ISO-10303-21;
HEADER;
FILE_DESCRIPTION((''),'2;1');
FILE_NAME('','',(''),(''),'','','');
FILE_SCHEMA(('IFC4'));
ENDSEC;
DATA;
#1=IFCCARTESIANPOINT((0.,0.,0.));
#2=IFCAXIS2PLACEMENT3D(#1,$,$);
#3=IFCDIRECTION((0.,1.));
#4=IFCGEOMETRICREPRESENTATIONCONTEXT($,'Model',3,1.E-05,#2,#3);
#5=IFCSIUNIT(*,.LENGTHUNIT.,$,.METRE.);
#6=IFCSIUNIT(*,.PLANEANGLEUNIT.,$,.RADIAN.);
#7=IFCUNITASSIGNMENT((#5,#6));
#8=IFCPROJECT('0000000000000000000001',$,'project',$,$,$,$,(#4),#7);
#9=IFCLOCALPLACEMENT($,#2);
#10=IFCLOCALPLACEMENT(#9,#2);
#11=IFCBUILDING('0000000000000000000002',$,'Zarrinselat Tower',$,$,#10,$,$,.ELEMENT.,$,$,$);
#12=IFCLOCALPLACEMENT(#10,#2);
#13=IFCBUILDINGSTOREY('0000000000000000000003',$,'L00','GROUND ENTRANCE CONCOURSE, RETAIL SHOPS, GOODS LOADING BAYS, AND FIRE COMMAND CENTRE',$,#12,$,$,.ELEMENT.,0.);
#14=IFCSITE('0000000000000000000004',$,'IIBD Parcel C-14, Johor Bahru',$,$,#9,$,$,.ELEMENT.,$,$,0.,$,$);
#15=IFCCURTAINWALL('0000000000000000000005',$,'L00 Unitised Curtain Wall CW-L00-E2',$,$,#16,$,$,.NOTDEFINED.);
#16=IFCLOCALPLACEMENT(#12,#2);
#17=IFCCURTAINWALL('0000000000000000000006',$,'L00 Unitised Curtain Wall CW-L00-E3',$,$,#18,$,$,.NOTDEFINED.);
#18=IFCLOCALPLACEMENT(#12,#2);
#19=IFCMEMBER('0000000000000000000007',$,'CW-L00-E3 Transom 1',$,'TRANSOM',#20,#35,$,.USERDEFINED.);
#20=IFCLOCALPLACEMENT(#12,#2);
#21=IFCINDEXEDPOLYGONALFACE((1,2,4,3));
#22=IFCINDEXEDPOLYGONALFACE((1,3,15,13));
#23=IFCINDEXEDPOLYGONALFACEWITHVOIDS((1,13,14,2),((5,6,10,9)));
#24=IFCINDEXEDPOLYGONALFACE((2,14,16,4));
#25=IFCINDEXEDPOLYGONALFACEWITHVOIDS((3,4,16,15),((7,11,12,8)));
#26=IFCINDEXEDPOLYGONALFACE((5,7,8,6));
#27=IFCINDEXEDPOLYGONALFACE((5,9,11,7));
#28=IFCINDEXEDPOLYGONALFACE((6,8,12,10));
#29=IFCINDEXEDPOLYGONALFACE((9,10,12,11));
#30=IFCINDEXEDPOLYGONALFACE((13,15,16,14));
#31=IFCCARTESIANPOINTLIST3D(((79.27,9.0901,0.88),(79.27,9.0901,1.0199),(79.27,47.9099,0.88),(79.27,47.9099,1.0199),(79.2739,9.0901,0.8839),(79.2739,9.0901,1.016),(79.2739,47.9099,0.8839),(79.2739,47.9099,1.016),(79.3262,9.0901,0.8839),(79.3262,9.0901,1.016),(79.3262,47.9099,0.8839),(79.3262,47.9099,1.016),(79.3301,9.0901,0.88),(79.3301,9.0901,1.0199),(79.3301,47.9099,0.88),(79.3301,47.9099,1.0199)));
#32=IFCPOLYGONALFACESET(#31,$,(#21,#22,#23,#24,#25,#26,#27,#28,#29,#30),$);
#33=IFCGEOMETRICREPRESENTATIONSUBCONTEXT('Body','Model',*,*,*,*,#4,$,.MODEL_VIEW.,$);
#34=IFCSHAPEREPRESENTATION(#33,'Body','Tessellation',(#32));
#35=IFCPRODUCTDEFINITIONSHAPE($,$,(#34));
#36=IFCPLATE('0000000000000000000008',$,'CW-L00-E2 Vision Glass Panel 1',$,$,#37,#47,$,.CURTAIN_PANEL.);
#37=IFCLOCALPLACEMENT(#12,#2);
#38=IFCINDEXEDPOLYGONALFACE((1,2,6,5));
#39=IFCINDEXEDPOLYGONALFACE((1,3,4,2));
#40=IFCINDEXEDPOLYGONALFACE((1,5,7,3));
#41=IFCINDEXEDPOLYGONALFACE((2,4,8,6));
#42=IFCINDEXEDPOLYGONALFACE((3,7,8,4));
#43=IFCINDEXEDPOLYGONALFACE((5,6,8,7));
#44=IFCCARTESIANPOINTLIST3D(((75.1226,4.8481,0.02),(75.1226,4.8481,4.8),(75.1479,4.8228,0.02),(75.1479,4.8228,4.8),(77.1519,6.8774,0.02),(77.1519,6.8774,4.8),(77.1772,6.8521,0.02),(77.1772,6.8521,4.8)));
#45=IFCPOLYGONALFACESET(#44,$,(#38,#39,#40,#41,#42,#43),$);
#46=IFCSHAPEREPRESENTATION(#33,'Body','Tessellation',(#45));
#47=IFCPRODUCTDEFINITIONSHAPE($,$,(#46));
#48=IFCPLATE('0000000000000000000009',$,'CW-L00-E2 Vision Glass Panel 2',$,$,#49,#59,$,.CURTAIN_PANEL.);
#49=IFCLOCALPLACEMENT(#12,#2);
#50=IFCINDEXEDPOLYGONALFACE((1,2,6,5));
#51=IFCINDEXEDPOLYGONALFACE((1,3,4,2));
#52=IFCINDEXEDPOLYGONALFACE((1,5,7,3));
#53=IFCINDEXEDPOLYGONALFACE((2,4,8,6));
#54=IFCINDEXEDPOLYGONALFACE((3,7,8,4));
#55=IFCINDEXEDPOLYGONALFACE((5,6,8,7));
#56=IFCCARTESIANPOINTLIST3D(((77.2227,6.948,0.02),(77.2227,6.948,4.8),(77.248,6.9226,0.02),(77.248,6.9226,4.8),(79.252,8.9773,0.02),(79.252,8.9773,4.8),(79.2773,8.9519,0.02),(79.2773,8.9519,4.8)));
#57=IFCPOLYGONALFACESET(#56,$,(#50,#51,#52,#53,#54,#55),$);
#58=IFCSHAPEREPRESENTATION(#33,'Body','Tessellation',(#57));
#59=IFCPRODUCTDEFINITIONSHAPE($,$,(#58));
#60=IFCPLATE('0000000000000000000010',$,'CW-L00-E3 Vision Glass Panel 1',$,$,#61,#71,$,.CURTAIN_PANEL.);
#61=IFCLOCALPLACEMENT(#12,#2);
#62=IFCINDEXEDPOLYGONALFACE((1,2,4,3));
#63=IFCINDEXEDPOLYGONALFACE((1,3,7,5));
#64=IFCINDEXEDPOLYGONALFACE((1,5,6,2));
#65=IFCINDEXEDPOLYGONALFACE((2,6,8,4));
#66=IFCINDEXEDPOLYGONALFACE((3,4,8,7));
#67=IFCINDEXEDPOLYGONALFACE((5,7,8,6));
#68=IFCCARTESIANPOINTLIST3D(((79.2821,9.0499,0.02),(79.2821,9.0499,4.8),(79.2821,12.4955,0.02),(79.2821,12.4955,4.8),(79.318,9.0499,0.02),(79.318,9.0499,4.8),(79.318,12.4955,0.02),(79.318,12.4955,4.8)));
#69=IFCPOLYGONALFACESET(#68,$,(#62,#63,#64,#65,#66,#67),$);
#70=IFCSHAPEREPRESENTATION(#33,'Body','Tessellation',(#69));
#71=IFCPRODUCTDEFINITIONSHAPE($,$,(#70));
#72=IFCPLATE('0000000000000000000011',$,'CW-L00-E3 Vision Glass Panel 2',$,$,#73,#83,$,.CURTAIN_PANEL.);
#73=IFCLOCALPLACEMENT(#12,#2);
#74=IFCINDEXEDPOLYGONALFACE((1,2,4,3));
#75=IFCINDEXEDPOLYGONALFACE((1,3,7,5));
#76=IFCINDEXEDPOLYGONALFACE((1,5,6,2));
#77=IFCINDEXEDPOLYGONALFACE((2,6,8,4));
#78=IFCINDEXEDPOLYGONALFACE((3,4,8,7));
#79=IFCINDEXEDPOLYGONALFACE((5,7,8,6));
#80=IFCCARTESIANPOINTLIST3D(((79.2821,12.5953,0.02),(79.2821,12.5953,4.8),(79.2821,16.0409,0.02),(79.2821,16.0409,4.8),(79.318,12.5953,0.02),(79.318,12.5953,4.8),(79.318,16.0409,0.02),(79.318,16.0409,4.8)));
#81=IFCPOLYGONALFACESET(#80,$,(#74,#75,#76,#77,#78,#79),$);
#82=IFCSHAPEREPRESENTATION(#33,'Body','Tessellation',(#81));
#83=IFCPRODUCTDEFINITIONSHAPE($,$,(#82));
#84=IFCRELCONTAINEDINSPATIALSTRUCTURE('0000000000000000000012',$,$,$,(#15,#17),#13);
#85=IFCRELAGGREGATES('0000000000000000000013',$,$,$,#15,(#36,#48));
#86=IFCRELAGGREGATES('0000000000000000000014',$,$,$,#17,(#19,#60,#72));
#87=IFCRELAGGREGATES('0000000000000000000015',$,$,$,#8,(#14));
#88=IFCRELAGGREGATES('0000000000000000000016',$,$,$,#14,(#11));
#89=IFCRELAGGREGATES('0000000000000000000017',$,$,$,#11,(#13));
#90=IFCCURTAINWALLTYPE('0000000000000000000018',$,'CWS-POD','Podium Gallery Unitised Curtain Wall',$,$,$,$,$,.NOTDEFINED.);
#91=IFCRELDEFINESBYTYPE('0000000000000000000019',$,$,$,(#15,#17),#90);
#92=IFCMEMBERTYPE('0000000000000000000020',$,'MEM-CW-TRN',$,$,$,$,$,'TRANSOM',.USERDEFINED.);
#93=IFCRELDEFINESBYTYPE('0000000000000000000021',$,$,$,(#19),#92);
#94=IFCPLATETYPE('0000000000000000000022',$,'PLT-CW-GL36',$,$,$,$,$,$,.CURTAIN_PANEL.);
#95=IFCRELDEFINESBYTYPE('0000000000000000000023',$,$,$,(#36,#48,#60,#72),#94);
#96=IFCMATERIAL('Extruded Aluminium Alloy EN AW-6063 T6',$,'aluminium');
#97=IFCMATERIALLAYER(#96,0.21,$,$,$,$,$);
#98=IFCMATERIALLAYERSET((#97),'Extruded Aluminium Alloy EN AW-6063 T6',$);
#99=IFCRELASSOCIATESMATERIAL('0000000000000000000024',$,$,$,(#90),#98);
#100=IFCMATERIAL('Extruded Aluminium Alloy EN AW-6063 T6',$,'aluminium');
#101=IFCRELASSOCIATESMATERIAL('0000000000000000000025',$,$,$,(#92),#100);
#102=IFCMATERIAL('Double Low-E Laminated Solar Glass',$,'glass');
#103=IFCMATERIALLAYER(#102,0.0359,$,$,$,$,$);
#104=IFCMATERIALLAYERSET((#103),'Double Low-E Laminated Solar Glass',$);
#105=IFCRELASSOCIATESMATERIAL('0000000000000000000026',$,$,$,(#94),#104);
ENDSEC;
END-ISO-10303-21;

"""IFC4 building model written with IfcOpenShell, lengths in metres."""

from ifc_helpers import new_model, si_unit, direction, frame, origin, origin_2d, place, context, subcontext, project, spatial, rectangle, hollow_rectangle, extrude, material, layer, layer_set, material_profile, profile_set, type_object, element, aggregate, save


model = new_model("IFC4")

# Units and contexts
model_context = context("Model", 3, precision=1e-05, world=origin(), true_north=direction((0.0, 1.0)))
body_context = subcontext(model_context, "Body", "Model", "MODEL_VIEW")
ifc_project = project(units=[si_unit("LENGTHUNIT", "METRE"), si_unit("PLANEANGLEUNIT", "RADIAN")], contexts=[model_context])

# Site, building, storey
site_placement = place(None, origin())
site = spatial("IfcSite", under=ifc_project, at=site_placement, Name="IIBD Parcel C-14, Johor Bahru", CompositionType="ELEMENT", RefElevation=0.0)
building_placement = place(site_placement, origin())
building = spatial("IfcBuilding", under=site, at=building_placement, Name="Zarrinselat Tower", CompositionType="ELEMENT")
storey_placement = place(building_placement, origin())
storey = spatial("IfcBuildingStorey", under=building, at=storey_placement, Name="L00", Description="GROUND ENTRANCE CONCOURSE, RETAIL SHOPS, GOODS LOADING BAYS, AND FIRE COMMAND CENTRE", CompositionType="ELEMENT", Elevation=0.0)

# Curtain wall
ifc_material_1 = material(Name="Extruded Aluminium Alloy EN AW-6063 T6", Category="aluminium")
ifc_layer_1 = layer(ifc_material_1, 0.21)
ifc_layer_set_1 = layer_set([ifc_layer_1], Name="Extruded Aluminium Alloy EN AW-6063 T6")
curtain_wall_type = type_object("IfcCurtainWallType", Name="CWS-POD", Description="Podium Gallery Unitised Curtain Wall", PredefinedType="NOTDEFINED", material=ifc_layer_set_1)
curtain_wall_1_placement = place(storey_placement, origin())
curtain_wall_1 = element("IfcCurtainWall", 1, at=curtain_wall_1_placement, inside=storey, type_object=curtain_wall_type, Name="L00 Unitised Curtain Wall CW-L00-E2", PredefinedType="NOTDEFINED")

# Curtain wall
curtain_wall_2_placement = place(storey_placement, origin())
curtain_wall_2 = element("IfcCurtainWall", 2, at=curtain_wall_2_placement, inside=storey, type_object=curtain_wall_type, Name="L00 Unitised Curtain Wall CW-L00-E3", PredefinedType="NOTDEFINED")

# Member
ifc_material_2 = material(Name="Extruded Aluminium Alloy EN AW-6063 T6", Category="aluminium")
ifc_material_profile_1 = material_profile(ifc_material_2, hollow_rectangle(XDim=0.0601, YDim=0.1399, WallThickness=0.0039, at=origin_2d()), Name="RHS 140x60x4")
ifc_profile_set_1 = profile_set([ifc_material_profile_1], Name="Extruded Aluminium Alloy EN AW-6063 T6")
member_type_1 = type_object("IfcMemberType", Name="MEM-CW-TRN", ElementType="TRANSOM", PredefinedType="USERDEFINED", material=ifc_profile_set_1)
member_1_placement = place(storey_placement, frame((79.3, 9.0901, 0.95), z_axis=(0.0, 1.0, 0.0), x_axis=(-1.0, 0.0, 0.0)))
member_1 = element("IfcMember", 3, at=member_1_placement, type_object=member_type_1, Name="CW-L00-E3 Transom 1", ObjectType="TRANSOM", PredefinedType="USERDEFINED", context=body_context, shape_type="SweptSolid", body=[
    extrude(hollow_rectangle(XDim=0.0601, YDim=0.1399, WallThickness=0.0039, at=origin_2d()), origin(), (0.0, 0.0, 1.0), 38.8198),
])

# Plates
ifc_material_3 = material(Name="Double Low-E Laminated Solar Glass", Category="glass")
ifc_layer_2 = layer(ifc_material_3, 0.0359)
ifc_layer_set_2 = layer_set([ifc_layer_2], Name="Double Low-E Laminated Solar Glass")
plate_type = type_object("IfcPlateType", Name="PLT-CW-GL36", PredefinedType="CURTAIN_PANEL", material=ifc_layer_set_2)
plate_1_placement = place(storey_placement, frame((76.1499, 5.8501, 0.02), z_axis=(0.0, 0.0, 1.0), x_axis=(0.707107, 0.707107, 0.0)))
plate_1 = element("IfcPlate", 4, at=plate_1_placement, type_object=plate_type, Name="CW-L00-E2 Vision Glass Panel 1", PredefinedType="CURTAIN_PANEL", context=body_context, shape_type="SweptSolid", body=[
    extrude(rectangle(XDim=2.8699, YDim=0.0359, at=origin_2d()), origin(), (0.0, 0.0, 1.0), 4.78),
])
plate_2_placement = place(storey_placement, frame((78.25, 7.95, 0.02), z_axis=(0.0, 0.0, 1.0), x_axis=(0.707107, 0.707107, 0.0)))
plate_2 = element("IfcPlate", 5, at=plate_2_placement, type_object=plate_type, Name="CW-L00-E2 Vision Glass Panel 2", PredefinedType="CURTAIN_PANEL", context=body_context, shape_type="SweptSolid", body=[
    extrude(rectangle(XDim=2.8699, YDim=0.0359, at=origin_2d()), origin(), (0.0, 0.0, 1.0), 4.78),
])
aggregate(curtain_wall_1, [plate_1, plate_2])
plate_3_placement = place(storey_placement, frame((79.3, 10.7727, 0.02), z_axis=(0.0, 0.0, 1.0), x_axis=(0.0, 1.0, 0.0)))
plate_3 = element("IfcPlate", 6, at=plate_3_placement, type_object=plate_type, Name="CW-L00-E3 Vision Glass Panel 1", PredefinedType="CURTAIN_PANEL", context=body_context, shape_type="SweptSolid", body=[
    extrude(rectangle(XDim=3.4456, YDim=0.0359, at=origin_2d()), origin(), (0.0, 0.0, 1.0), 4.78),
])
plate_4_placement = place(storey_placement, frame((79.3, 14.3181, 0.02), z_axis=(0.0, 0.0, 1.0), x_axis=(0.0, 1.0, 0.0)))
plate_4 = element("IfcPlate", 7, at=plate_4_placement, type_object=plate_type, Name="CW-L00-E3 Vision Glass Panel 2", PredefinedType="CURTAIN_PANEL", context=body_context, shape_type="SweptSolid", body=[
    extrude(rectangle(XDim=3.4456, YDim=0.0359, at=origin_2d()), origin(), (0.0, 0.0, 1.0), 4.78),
])
aggregate(curtain_wall_2, [member_1, plate_3, plate_4])

save(model, "model.ifc")
